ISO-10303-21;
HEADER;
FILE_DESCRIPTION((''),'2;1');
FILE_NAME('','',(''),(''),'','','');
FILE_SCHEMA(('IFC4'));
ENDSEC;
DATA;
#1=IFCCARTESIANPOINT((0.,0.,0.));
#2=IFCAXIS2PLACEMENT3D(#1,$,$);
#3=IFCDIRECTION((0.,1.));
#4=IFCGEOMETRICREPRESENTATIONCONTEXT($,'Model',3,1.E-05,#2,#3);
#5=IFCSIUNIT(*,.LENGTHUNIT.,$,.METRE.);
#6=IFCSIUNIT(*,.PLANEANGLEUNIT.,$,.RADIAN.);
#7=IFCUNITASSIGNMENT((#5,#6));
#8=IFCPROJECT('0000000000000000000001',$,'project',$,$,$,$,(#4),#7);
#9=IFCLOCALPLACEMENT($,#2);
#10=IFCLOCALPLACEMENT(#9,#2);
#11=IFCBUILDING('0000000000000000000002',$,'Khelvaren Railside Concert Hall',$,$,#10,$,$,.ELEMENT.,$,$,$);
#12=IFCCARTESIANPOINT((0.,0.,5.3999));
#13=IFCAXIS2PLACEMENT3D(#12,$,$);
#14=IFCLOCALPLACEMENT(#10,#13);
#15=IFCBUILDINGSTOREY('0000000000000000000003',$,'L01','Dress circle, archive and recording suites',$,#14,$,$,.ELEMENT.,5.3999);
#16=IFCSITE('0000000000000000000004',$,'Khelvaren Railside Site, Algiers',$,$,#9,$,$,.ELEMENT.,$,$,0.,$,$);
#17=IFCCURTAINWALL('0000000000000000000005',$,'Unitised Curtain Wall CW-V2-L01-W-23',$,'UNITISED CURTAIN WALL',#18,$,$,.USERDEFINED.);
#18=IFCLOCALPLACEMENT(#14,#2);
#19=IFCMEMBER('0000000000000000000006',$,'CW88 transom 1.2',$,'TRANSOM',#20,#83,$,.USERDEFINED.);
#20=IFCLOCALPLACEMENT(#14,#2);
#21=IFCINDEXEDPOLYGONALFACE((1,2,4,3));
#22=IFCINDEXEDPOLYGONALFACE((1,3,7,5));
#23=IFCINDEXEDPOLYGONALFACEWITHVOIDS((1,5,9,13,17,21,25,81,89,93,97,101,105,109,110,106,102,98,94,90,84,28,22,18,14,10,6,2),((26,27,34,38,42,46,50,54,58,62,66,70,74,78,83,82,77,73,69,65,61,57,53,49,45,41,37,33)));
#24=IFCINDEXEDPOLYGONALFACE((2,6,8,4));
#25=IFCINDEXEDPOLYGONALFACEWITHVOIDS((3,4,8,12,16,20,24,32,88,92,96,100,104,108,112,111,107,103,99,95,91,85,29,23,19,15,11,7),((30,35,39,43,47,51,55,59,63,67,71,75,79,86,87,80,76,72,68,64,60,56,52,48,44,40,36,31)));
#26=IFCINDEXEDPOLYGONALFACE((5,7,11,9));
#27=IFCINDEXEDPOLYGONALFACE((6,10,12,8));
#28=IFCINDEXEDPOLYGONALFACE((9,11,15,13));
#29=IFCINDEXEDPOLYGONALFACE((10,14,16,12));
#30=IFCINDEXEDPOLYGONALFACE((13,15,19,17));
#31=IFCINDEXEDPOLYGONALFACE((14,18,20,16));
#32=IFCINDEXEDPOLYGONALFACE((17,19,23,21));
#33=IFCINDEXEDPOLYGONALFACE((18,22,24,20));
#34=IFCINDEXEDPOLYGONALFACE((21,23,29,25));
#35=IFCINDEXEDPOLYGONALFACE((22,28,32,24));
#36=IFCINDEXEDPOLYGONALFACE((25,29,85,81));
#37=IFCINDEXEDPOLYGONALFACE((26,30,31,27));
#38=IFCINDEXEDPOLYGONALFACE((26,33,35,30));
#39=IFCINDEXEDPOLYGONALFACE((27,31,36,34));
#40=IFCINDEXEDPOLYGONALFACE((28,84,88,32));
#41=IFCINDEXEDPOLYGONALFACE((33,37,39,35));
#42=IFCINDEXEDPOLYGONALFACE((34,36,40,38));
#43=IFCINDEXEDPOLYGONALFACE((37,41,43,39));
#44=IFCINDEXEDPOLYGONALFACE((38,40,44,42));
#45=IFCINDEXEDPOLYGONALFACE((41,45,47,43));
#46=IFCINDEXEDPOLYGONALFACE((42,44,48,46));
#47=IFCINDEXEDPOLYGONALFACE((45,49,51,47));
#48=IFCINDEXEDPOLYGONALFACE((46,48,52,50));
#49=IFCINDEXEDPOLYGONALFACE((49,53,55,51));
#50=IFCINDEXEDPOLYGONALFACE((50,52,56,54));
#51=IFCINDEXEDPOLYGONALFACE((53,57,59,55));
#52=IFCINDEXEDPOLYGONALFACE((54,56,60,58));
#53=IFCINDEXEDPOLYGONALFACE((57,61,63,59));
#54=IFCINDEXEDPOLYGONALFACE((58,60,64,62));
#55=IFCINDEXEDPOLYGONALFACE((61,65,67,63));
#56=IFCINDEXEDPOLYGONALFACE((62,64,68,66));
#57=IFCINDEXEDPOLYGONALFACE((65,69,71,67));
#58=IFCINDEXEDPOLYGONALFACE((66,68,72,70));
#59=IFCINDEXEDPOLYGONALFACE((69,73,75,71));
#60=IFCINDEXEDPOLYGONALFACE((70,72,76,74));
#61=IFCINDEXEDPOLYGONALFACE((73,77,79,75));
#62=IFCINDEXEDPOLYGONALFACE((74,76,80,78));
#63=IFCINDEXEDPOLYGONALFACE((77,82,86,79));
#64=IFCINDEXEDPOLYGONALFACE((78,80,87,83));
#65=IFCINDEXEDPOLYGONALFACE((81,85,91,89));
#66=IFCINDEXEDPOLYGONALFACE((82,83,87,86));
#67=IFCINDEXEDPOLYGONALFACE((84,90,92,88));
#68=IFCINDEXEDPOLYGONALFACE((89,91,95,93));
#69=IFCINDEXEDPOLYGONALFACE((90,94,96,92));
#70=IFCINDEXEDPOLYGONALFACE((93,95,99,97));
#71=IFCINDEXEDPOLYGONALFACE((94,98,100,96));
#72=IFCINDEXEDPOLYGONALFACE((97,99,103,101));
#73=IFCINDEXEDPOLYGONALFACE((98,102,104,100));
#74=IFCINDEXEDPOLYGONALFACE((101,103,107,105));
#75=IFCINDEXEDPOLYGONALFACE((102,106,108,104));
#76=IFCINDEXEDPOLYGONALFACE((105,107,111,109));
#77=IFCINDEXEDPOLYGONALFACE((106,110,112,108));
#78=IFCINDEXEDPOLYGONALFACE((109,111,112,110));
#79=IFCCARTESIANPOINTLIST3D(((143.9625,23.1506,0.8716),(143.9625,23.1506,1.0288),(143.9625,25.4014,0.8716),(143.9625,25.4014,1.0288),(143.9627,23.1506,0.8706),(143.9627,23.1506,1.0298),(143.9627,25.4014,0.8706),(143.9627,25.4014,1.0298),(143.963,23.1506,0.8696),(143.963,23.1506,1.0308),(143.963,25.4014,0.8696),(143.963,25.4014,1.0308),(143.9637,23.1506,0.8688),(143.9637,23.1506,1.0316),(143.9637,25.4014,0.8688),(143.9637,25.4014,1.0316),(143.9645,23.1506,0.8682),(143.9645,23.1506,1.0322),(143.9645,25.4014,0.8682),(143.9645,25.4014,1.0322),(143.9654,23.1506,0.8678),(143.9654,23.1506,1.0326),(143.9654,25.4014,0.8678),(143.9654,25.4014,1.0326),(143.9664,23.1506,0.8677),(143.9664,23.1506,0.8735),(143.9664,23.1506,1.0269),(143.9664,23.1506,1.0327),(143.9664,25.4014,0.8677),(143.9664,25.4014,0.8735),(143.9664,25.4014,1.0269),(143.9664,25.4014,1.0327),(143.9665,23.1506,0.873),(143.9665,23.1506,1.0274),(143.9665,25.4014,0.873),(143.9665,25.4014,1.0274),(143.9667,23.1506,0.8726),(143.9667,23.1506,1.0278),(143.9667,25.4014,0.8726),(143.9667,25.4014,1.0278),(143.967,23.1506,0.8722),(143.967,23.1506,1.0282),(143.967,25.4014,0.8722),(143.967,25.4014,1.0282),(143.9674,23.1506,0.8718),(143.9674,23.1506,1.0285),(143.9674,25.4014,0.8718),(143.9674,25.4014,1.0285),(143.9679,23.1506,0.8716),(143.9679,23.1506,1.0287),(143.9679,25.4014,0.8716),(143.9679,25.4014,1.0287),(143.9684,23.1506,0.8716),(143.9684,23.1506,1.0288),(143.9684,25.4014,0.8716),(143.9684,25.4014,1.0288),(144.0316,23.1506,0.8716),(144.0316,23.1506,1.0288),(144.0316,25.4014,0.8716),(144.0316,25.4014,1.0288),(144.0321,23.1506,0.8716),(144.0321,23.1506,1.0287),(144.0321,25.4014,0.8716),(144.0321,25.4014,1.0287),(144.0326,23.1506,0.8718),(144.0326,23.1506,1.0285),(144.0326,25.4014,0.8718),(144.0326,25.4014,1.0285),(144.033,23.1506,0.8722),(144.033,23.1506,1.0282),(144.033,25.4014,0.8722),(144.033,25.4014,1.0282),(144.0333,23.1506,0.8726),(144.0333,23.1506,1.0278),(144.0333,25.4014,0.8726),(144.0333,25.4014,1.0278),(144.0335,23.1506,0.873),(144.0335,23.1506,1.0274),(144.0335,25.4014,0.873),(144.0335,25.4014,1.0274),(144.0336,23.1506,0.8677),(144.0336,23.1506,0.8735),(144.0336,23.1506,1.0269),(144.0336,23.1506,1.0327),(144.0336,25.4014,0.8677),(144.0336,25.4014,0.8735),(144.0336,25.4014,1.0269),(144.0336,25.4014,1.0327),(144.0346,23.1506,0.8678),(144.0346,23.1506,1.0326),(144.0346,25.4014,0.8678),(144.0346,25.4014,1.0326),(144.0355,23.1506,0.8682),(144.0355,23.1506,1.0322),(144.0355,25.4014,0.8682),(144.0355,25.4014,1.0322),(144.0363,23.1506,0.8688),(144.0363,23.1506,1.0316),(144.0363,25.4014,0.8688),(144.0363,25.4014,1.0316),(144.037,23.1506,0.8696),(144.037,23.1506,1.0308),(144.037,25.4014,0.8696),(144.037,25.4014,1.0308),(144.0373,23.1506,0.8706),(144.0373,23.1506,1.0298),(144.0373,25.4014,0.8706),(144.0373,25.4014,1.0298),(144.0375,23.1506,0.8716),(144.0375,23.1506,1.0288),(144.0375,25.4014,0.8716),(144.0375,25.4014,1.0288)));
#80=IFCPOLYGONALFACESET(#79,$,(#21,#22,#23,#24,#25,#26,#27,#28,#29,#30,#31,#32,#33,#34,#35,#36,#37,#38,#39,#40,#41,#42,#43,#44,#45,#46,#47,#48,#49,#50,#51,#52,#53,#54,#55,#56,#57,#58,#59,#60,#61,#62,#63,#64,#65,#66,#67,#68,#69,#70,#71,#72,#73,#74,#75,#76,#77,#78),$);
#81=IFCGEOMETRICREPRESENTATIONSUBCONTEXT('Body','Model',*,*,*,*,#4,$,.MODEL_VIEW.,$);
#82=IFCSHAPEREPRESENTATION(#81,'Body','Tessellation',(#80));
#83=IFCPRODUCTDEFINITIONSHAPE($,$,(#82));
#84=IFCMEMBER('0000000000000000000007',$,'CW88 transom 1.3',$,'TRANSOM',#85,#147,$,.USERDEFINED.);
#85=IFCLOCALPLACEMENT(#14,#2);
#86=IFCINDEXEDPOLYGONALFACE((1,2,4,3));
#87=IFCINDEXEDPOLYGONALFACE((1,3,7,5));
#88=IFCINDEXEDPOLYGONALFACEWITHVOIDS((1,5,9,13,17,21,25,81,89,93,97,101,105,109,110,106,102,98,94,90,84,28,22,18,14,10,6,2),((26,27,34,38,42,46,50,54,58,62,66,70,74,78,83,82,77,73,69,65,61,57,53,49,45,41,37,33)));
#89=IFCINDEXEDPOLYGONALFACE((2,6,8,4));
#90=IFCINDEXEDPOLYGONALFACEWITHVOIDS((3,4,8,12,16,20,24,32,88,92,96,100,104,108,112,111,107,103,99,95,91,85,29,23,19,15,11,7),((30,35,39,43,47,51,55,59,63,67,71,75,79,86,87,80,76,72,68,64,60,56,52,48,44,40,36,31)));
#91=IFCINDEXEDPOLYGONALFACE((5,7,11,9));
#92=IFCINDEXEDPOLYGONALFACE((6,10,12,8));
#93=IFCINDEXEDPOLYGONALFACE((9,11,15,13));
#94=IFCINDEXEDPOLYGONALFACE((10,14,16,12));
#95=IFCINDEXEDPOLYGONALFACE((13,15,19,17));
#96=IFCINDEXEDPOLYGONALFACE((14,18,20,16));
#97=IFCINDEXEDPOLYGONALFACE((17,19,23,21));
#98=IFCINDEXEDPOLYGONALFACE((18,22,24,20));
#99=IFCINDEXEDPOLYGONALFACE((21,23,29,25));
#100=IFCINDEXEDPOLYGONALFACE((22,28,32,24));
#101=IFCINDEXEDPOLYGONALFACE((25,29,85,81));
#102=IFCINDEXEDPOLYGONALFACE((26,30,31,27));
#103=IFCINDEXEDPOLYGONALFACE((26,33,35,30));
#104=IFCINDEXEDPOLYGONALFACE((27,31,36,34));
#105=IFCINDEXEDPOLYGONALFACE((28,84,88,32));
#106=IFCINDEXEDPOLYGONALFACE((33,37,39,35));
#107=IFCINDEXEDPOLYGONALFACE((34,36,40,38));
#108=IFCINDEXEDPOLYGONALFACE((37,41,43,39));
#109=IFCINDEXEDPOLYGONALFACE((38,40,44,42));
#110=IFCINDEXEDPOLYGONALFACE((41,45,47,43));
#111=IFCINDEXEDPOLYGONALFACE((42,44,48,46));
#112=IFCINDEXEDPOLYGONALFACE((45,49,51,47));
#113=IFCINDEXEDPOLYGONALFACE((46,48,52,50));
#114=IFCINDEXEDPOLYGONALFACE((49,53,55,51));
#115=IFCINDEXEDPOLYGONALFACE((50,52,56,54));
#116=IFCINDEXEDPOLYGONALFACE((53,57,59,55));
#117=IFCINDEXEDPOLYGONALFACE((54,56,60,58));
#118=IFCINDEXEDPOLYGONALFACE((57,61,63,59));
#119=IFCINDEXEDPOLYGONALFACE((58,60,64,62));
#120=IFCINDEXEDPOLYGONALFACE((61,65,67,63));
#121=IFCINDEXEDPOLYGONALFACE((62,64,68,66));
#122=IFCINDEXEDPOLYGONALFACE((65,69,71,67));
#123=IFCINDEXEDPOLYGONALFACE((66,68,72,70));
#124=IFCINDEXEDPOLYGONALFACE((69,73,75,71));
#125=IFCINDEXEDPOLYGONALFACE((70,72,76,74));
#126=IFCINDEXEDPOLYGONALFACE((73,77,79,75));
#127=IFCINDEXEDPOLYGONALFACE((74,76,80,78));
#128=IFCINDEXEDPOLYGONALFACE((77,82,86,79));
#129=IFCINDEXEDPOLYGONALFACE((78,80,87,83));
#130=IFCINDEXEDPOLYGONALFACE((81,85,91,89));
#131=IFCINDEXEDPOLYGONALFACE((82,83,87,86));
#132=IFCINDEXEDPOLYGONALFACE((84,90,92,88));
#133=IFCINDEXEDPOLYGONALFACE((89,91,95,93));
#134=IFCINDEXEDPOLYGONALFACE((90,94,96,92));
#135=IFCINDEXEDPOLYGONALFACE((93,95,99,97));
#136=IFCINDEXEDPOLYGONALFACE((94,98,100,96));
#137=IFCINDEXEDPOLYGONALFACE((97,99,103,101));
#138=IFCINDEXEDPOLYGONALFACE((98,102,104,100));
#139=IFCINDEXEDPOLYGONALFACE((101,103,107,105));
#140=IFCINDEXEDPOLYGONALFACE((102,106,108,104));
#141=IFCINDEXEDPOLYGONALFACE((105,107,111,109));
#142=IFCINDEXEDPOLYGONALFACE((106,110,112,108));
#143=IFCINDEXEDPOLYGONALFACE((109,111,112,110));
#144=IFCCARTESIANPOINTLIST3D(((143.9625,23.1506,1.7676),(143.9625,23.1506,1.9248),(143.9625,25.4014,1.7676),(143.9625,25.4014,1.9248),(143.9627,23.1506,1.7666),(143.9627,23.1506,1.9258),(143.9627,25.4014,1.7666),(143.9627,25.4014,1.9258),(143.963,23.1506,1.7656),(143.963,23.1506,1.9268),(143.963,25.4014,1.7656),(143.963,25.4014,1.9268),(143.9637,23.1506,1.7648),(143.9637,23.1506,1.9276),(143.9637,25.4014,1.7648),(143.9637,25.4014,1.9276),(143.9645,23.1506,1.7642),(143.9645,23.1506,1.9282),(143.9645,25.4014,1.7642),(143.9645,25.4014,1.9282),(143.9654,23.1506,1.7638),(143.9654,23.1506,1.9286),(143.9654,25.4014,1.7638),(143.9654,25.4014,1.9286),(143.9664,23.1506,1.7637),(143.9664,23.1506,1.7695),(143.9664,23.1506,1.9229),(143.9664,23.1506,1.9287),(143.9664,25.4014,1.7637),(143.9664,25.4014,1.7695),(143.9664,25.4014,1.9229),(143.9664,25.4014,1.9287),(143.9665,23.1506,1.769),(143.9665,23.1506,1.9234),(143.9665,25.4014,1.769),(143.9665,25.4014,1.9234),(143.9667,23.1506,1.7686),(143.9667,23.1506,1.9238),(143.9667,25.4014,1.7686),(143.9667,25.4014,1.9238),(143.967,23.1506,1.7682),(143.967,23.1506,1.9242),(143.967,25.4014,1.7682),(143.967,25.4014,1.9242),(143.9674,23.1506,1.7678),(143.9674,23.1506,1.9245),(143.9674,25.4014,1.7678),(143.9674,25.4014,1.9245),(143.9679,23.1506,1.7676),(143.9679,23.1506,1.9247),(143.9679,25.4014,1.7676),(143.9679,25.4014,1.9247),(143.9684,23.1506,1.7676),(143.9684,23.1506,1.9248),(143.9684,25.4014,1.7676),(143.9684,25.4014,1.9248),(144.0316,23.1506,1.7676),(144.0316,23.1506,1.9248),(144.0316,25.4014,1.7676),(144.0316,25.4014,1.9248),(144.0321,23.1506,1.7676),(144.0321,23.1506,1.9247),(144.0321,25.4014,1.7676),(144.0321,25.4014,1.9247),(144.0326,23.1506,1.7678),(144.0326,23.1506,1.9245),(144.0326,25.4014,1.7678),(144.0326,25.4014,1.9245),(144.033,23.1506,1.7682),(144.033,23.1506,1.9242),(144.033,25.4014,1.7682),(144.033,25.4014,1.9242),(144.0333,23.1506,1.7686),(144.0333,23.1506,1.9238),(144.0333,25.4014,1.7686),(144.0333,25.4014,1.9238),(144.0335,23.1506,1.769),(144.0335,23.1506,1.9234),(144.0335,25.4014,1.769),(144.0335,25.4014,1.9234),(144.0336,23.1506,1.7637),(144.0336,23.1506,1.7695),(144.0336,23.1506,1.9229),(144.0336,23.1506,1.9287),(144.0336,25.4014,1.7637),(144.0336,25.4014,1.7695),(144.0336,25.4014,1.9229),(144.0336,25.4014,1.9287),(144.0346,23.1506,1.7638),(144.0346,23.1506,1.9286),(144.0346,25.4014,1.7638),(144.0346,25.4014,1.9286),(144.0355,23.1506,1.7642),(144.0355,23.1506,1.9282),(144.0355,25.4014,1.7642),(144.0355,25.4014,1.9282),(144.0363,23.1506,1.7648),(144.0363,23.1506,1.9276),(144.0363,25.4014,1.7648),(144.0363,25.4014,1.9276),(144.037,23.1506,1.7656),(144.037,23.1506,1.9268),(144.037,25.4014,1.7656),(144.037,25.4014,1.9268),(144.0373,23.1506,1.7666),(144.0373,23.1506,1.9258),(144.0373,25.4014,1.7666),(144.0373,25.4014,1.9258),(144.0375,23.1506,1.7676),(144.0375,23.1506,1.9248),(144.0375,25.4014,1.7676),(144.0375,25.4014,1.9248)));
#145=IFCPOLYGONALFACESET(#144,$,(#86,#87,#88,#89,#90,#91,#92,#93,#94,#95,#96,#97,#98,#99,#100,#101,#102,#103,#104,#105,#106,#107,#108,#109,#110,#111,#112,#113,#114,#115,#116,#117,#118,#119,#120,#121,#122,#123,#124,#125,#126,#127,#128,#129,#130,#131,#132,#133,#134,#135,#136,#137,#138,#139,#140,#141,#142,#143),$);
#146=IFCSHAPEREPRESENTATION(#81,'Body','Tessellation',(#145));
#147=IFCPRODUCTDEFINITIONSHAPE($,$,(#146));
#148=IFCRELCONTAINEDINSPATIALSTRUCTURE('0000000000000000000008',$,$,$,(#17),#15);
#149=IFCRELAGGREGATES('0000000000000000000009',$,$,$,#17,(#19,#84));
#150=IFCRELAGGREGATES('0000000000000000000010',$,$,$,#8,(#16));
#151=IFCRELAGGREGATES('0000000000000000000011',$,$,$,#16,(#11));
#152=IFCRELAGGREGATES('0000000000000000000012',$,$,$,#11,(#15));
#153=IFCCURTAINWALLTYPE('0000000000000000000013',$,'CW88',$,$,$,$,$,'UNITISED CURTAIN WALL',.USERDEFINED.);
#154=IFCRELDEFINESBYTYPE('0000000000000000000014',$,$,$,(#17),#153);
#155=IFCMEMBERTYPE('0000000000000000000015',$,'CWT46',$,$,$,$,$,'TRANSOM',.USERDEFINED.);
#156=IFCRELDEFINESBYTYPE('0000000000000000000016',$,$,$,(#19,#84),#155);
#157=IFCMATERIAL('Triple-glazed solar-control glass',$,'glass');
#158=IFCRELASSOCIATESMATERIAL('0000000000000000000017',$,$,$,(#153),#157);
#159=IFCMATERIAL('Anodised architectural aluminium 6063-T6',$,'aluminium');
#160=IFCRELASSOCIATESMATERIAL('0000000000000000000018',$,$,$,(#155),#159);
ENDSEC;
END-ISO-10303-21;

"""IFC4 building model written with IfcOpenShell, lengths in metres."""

from ifc_helpers import new_model, si_unit, direction, frame, origin, origin_2d, place, context, subcontext, project, spatial, hollow_rectangle, extrude, material, material_profile, profile_set, type_object, element, aggregate, save


model = new_model("IFC4")

# Units and contexts
model_context = context("Model", 3, precision=1e-05, world=origin(), true_north=direction((0.0, 1.0)))
body_context = subcontext(model_context, "Body", "Model", "MODEL_VIEW")
ifc_project = project(units=[si_unit("LENGTHUNIT", "METRE"), si_unit("PLANEANGLEUNIT", "RADIAN")], contexts=[model_context])

# Site, building, storey
site_placement = place(None, origin())
site = spatial("IfcSite", under=ifc_project, at=site_placement, Name="Khelvaren Railside Site, Algiers", CompositionType="ELEMENT", RefElevation=0.0)
building_placement = place(site_placement, origin())
building = spatial("IfcBuilding", under=site, at=building_placement, Name="Khelvaren Railside Concert Hall", CompositionType="ELEMENT")
storey_placement = place(building_placement, frame((0.0, 0.0, 5.3999)))
storey = spatial("IfcBuildingStorey", under=building, at=storey_placement, Name="L01", Description="Dress circle, archive and recording suites", CompositionType="ELEMENT", Elevation=5.3999)

# Curtain wall, members
ifc_material_1 = material(Name="Triple-glazed solar-control glass", Category="glass")
curtain_wall_type = type_object("IfcCurtainWallType", Name="CW88", ElementType="UNITISED CURTAIN WALL", PredefinedType="USERDEFINED", material=ifc_material_1)
curtain_wall_placement = place(storey_placement, origin())
curtain_wall = element("IfcCurtainWall", 1, at=curtain_wall_placement, inside=storey, type_object=curtain_wall_type, Name="Unitised Curtain Wall CW-V2-L01-W-23", ObjectType="UNITISED CURTAIN WALL", PredefinedType="USERDEFINED")
ifc_material_2 = material(Name="Anodised architectural aluminium 6063-T6", Category="aluminium")
ifc_material_profile_1 = material_profile(ifc_material_2, hollow_rectangle(XDim=0.075, YDim=0.165, WallThickness=0.0039, InnerFilletRadius=0.002, OuterFilletRadius=0.0039, at=origin_2d()), Name="CWT 75x165x4")
ifc_profile_set_1 = profile_set([ifc_material_profile_1], Name="Anodised architectural aluminium 6063-T6")
member_type_1 = type_object("IfcMemberType", Name="CWT46", ElementType="TRANSOM", PredefinedType="USERDEFINED", material=ifc_profile_set_1)
member_1_placement = place(storey_placement, frame((144.0, 23.1506, 0.9502), z_axis=(0.0, 1.0, 0.0), x_axis=(-1.0, 0.0, 0.0)))
member_1 = element("IfcMember", 2, at=member_1_placement, type_object=member_type_1, Name="CW88 transom 1.2", ObjectType="TRANSOM", PredefinedType="USERDEFINED", context=body_context, shape_type="SweptSolid", body=[
    extrude(hollow_rectangle(XDim=0.075, YDim=0.165, WallThickness=0.0039, InnerFilletRadius=0.002, OuterFilletRadius=0.0039, at=origin_2d()), origin(), (0.0, 0.0, 1.0), 2.2507),
])
member_2_placement = place(storey_placement, frame((144.0, 23.1506, 1.8462), z_axis=(0.0, 1.0, 0.0), x_axis=(-1.0, 0.0, 0.0)))
member_2 = element("IfcMember", 3, at=member_2_placement, type_object=member_type_1, Name="CW88 transom 1.3", ObjectType="TRANSOM", PredefinedType="USERDEFINED", context=body_context, shape_type="SweptSolid", body=[
    extrude(hollow_rectangle(XDim=0.075, YDim=0.165, WallThickness=0.0039, InnerFilletRadius=0.002, OuterFilletRadius=0.0039, at=origin_2d()), origin(), (0.0, 0.0, 1.0), 2.2507),
])

aggregate(curtain_wall, [member_1, member_2])

save(model, "model.ifc")
